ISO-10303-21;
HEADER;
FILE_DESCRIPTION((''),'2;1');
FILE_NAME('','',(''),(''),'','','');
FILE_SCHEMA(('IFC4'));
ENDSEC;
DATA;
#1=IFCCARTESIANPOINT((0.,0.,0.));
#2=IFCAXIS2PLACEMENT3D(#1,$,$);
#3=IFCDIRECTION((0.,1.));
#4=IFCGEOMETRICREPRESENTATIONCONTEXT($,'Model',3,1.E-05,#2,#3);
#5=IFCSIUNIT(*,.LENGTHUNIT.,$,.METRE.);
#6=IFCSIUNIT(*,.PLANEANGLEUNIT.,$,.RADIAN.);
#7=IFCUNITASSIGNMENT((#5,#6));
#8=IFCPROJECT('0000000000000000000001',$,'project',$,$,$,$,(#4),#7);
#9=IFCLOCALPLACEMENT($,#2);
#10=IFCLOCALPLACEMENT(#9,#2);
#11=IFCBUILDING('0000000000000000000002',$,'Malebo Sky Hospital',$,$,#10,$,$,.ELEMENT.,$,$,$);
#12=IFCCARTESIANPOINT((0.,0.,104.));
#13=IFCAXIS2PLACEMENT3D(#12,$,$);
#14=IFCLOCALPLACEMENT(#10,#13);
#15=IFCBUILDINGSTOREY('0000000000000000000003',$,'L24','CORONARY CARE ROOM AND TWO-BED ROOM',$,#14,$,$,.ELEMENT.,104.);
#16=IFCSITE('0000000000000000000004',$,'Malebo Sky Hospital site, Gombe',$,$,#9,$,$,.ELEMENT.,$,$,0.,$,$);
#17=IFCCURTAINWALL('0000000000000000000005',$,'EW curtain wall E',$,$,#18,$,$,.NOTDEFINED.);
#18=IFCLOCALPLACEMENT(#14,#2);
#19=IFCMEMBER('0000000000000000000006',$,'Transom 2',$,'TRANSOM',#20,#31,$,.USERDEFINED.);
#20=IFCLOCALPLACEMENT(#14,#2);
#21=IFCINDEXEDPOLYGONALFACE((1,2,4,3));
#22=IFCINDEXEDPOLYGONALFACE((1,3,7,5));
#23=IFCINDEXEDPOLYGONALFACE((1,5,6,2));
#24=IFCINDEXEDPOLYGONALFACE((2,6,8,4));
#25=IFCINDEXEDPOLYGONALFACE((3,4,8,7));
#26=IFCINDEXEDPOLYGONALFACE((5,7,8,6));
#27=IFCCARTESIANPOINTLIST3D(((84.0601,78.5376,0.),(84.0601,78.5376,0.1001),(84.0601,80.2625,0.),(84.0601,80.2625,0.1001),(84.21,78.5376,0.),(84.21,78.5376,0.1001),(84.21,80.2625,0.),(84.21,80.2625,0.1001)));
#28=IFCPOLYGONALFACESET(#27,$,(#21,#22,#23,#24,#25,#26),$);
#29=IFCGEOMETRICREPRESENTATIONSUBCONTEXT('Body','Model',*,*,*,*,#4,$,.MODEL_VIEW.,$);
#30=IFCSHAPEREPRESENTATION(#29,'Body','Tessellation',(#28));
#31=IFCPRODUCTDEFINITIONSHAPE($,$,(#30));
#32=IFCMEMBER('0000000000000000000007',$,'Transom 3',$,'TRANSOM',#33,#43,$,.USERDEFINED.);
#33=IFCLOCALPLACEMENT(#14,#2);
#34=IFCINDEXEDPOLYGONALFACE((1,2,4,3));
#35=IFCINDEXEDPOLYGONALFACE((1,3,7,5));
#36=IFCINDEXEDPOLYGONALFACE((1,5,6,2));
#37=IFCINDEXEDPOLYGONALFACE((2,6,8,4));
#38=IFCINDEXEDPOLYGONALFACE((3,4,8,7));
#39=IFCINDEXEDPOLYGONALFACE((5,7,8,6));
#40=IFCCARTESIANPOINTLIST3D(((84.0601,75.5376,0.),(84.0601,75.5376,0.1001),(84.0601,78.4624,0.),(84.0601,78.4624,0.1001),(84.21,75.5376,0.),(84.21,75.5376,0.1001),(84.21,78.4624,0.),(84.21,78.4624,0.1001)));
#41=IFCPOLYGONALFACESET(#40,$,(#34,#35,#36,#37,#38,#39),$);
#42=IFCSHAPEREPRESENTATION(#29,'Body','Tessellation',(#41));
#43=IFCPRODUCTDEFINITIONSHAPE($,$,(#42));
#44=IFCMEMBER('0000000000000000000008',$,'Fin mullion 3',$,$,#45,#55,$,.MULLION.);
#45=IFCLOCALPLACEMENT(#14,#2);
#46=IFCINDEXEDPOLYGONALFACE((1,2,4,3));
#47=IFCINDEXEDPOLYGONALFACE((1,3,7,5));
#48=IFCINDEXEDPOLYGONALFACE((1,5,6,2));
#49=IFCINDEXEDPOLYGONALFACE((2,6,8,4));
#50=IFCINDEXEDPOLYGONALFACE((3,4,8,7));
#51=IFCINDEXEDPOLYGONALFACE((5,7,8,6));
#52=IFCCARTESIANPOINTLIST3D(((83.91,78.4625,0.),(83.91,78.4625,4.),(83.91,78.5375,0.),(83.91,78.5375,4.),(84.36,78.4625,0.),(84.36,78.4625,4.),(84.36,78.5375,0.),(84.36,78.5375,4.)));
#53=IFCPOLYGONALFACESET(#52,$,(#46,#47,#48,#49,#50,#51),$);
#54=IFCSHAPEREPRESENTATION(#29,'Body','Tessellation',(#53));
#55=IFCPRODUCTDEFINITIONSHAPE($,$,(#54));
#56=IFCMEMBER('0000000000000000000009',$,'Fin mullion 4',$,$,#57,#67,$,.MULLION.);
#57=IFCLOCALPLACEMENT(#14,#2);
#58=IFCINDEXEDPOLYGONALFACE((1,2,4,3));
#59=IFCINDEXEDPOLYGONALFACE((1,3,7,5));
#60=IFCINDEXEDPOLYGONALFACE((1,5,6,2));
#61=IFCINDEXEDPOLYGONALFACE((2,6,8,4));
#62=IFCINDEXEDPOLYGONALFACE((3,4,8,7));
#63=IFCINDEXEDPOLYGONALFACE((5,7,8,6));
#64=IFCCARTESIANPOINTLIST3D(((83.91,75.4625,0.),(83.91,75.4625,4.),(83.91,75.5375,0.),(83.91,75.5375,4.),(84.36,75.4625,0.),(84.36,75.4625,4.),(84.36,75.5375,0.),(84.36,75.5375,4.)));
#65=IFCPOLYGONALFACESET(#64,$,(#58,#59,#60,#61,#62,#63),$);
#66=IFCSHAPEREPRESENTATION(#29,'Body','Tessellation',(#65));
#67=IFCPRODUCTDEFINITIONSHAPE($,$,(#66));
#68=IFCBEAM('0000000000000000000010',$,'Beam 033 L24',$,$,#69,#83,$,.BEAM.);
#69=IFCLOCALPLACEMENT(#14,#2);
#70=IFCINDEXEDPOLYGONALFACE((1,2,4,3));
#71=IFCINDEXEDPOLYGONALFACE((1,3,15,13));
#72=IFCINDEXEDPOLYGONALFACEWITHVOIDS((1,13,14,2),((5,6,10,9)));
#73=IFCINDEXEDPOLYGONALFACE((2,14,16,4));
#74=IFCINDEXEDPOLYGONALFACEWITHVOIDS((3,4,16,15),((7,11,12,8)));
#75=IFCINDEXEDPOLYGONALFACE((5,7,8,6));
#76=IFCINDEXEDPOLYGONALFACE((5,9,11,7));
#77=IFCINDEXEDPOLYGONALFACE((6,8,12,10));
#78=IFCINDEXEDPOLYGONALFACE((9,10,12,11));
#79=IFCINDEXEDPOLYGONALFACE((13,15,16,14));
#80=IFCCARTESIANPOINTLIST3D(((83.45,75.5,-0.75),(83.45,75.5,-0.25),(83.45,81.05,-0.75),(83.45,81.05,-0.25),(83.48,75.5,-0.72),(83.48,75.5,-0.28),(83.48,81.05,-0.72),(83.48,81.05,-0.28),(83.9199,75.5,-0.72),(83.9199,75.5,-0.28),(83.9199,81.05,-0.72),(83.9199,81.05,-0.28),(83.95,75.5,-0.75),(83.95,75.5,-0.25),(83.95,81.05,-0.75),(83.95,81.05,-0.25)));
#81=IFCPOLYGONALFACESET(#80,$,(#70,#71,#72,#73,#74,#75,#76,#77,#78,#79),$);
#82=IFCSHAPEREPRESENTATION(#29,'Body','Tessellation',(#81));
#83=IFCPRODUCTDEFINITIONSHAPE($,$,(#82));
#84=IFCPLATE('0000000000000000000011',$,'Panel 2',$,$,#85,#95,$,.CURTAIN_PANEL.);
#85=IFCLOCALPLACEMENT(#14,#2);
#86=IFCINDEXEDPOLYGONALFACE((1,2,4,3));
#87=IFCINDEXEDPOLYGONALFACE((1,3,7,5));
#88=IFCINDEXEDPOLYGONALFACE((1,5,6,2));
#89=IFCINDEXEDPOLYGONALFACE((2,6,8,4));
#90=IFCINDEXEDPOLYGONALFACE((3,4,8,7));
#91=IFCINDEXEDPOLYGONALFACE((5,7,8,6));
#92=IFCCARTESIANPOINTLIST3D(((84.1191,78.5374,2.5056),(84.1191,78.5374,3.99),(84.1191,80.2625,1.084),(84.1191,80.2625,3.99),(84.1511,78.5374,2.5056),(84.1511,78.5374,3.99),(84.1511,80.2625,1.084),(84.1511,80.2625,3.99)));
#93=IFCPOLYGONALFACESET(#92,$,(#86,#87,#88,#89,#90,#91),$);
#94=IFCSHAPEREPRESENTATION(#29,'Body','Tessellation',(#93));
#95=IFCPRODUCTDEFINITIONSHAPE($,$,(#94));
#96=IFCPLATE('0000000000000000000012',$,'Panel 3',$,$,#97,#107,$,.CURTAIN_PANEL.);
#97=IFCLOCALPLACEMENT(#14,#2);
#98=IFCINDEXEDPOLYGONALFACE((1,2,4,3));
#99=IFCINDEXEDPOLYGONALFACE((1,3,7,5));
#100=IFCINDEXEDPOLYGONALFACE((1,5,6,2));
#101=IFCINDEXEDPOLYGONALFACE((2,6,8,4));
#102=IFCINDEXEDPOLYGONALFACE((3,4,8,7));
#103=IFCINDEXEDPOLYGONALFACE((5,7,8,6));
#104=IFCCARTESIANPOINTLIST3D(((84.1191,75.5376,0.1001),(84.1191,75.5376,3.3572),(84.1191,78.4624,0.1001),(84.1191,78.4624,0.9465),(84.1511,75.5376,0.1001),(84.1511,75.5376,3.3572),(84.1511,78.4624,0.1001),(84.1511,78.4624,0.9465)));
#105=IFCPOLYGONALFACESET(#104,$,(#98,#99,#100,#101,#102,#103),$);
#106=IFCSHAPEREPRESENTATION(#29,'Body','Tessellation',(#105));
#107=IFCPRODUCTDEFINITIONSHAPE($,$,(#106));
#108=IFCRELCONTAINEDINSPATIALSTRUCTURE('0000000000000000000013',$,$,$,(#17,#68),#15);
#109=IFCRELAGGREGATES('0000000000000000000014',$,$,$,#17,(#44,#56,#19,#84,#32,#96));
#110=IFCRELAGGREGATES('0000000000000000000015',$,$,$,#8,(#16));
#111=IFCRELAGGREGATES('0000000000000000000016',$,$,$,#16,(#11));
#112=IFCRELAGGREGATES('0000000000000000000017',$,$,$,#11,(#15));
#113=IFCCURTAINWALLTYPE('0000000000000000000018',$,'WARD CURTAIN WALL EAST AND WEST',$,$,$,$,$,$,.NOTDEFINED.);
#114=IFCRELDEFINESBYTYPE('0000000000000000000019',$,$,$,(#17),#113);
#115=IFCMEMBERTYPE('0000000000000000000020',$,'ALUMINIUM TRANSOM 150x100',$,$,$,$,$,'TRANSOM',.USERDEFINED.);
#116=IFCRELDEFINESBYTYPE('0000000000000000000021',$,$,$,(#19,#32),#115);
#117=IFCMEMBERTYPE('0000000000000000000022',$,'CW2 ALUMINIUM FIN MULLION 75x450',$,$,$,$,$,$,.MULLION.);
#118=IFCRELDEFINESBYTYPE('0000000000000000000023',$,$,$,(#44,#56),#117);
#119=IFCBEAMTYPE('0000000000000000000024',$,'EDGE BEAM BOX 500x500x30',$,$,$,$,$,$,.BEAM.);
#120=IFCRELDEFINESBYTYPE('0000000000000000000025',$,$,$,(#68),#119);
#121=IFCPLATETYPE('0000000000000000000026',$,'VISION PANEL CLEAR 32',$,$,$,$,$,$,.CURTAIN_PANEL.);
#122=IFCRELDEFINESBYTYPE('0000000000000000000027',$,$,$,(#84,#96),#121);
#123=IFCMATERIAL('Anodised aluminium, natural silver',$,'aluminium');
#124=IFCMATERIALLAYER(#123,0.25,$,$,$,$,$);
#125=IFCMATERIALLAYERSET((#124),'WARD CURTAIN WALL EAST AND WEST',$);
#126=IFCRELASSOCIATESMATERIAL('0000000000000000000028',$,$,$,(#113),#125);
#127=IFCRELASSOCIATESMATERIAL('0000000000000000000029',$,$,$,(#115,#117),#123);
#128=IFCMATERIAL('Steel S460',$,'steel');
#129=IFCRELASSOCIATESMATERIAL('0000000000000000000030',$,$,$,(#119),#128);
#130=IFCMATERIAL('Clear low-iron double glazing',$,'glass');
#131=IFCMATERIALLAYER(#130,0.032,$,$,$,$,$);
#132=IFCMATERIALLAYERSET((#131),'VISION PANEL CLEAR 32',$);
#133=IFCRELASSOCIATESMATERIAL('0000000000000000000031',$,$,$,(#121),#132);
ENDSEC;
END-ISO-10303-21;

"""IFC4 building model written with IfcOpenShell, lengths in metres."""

from ifc_helpers import new_model, si_unit, direction, frame, origin, origin_2d, place, context, subcontext, project, spatial, polyline, rectangle, hollow_rectangle, outline, extrude, material, layer, layer_set, material_profile, profile_set, type_object, element, aggregate, save


model = new_model("IFC4")

# Units and contexts
model_context = context("Model", 3, precision=1e-05, world=origin(), true_north=direction((0.0, 1.0)))
body_context = subcontext(model_context, "Body", "Model", "MODEL_VIEW")
ifc_project = project(units=[si_unit("LENGTHUNIT", "METRE"), si_unit("PLANEANGLEUNIT", "RADIAN")], contexts=[model_context])

# Site, building, storey
site_placement = place(None, origin())
site = spatial("IfcSite", under=ifc_project, at=site_placement, Name="Malebo Sky Hospital site, Gombe", CompositionType="ELEMENT", RefElevation=0.0)
building_placement = place(site_placement, origin())
building = spatial("IfcBuilding", under=site, at=building_placement, Name="Malebo Sky Hospital", CompositionType="ELEMENT")
storey_placement = place(building_placement, frame((0.0, 0.0, 104.0)))
storey = spatial("IfcBuildingStorey", under=building, at=storey_placement, Name="L24", Description="CORONARY CARE ROOM AND TWO-BED ROOM", CompositionType="ELEMENT", Elevation=104.0)

# Curtain wall, members
ifc_material_1 = material(Name="Anodised aluminium, natural silver", Category="aluminium")
ifc_layer_1 = layer(ifc_material_1, 0.25)
ifc_layer_set_1 = layer_set([ifc_layer_1], Name="WARD CURTAIN WALL EAST AND WEST")
curtain_wall_type = type_object("IfcCurtainWallType", Name="WARD CURTAIN WALL EAST AND WEST", PredefinedType="NOTDEFINED", material=ifc_layer_set_1)
curtain_wall_placement = place(storey_placement, origin())
curtain_wall = element("IfcCurtainWall", 1, at=curtain_wall_placement, inside=storey, type_object=curtain_wall_type, Name="EW curtain wall E", PredefinedType="NOTDEFINED")
ifc_material_profile_1 = material_profile(ifc_material_1, rectangle(XDim=0.1499, YDim=0.1001, at=origin_2d()), Name="ALUMINIUM TRANSOM 150x100")
ifc_profile_set_1 = profile_set([ifc_material_profile_1], Name="Anodised aluminium, natural silver")
member_type_1 = type_object("IfcMemberType", Name="ALUMINIUM TRANSOM 150x100", ElementType="TRANSOM", PredefinedType="USERDEFINED", material=ifc_profile_set_1)
member_1_placement = place(storey_placement, frame((84.135, 80.2625, 0.05), z_axis=(0.0, -1.0, 0.0), x_axis=(1.0, 0.0, 0.0)))
member_1 = element("IfcMember", 2, at=member_1_placement, type_object=member_type_1, Name="Transom 2", ObjectType="TRANSOM", PredefinedType="USERDEFINED", context=body_context, shape_type="SweptSolid", body=[
    extrude(rectangle(XDim=0.1499, YDim=0.1001, at=origin_2d()), origin(), (0.0, 0.0, 1.0), 1.7249),
])
member_2_placement = place(storey_placement, frame((84.135, 78.4624, 0.05), z_axis=(0.0, -1.0, 0.0), x_axis=(1.0, 0.0, 0.0)))
member_2 = element("IfcMember", 3, at=member_2_placement, type_object=member_type_1, Name="Transom 3", ObjectType="TRANSOM", PredefinedType="USERDEFINED", context=body_context, shape_type="SweptSolid", body=[
    extrude(rectangle(XDim=0.1499, YDim=0.1001, at=origin_2d()), origin(), (0.0, 0.0, 1.0), 2.9248),
])
ifc_material_profile_2 = material_profile(ifc_material_1, rectangle(XDim=0.075, YDim=0.45, at=origin_2d()), Name="CW2 ALUMINIUM FIN MULLION 75x450")
ifc_profile_set_2 = profile_set([ifc_material_profile_2], Name="Anodised aluminium, natural silver")
member_type_2 = type_object("IfcMemberType", Name="CW2 ALUMINIUM FIN MULLION 75x450", PredefinedType="MULLION", material=ifc_profile_set_2)
member_3_placement = place(storey_placement, frame((84.135, 78.5, 0.0), z_axis=(0.0, 0.0, 1.0), x_axis=(0.0, -1.0, 0.0)))
member_3 = element("IfcMember", 4, at=member_3_placement, type_object=member_type_2, Name="Fin mullion 3", PredefinedType="MULLION", context=body_context, shape_type="SweptSolid", body=[
    extrude(rectangle(XDim=0.075, YDim=0.45, at=origin_2d()), origin(), (0.0, 0.0, 1.0), 4.0),
])
member_4_placement = place(storey_placement, frame((84.135, 75.5, 0.0), z_axis=(0.0, 0.0, 1.0), x_axis=(0.0, -1.0, 0.0)))
member_4 = element("IfcMember", 5, at=member_4_placement, type_object=member_type_2, Name="Fin mullion 4", PredefinedType="MULLION", context=body_context, shape_type="SweptSolid", body=[
    extrude(rectangle(XDim=0.075, YDim=0.45, at=origin_2d()), origin(), (0.0, 0.0, 1.0), 4.0),
])

# Beam
ifc_material_2 = material(Name="Steel S460", Category="steel")
ifc_material_profile_3 = material_profile(ifc_material_2, hollow_rectangle(XDim=0.5, YDim=0.5, WallThickness=0.03, at=origin_2d()), Name="BOX 500x500x30")
ifc_profile_set_3 = profile_set([ifc_material_profile_3], Name="Steel S460")
beam_type = type_object("IfcBeamType", Name="EDGE BEAM BOX 500x500x30", PredefinedType="BEAM", material=ifc_profile_set_3)
beam_placement = place(storey_placement, frame((83.7, 75.5, -0.5), z_axis=(0.0, 1.0, 0.0), x_axis=(-1.0, 0.0, 0.0)))
element("IfcBeam", 6, at=beam_placement, inside=storey, type_object=beam_type, Name="Beam 033 L24", PredefinedType="BEAM", context=body_context, shape_type="SweptSolid", body=[
    extrude(hollow_rectangle(XDim=0.5, YDim=0.5, WallThickness=0.03, at=origin_2d()), origin(), (0.0, 0.0, 1.0), 5.55),
])

# Plates
ifc_material_3 = material(Name="Clear low-iron double glazing", Category="glass")
ifc_layer_2 = layer(ifc_material_3, 0.032)
ifc_layer_set_2 = layer_set([ifc_layer_2], Name="VISION PANEL CLEAR 32")
plate_type = type_object("IfcPlateType", Name="VISION PANEL CLEAR 32", PredefinedType="CURTAIN_PANEL", material=ifc_layer_set_2)
plate_1_placement = place(storey_placement, frame((84.135, 79.3999, 1.084), z_axis=(0.0, 0.0, 1.0), x_axis=(0.0, -1.0, 0.0)))
plate_1 = element("IfcPlate", 7, at=plate_1_placement, type_object=plate_type, Name="Panel 2", PredefinedType="CURTAIN_PANEL", context=body_context, shape_type="SweptSolid", body=[
    extrude(outline(polyline([(-0.8625, 0.0), (0.8625, 1.4216), (0.8625, 2.906), (-0.8625, 2.906), (-0.8625, 0.0)])), frame((0.0, 0.0161, 0.0), z_axis=(0.0, -1.0, 0.0), x_axis=(1.0, 0.0, 0.0)), (0.0, 0.0, 1.0), 0.032),
])
plate_2_placement = place(storey_placement, frame((84.135, 77.0, 0.1001), z_axis=(0.0, 0.0, 1.0), x_axis=(0.0, -1.0, 0.0)))
plate_2 = element("IfcPlate", 8, at=plate_2_placement, type_object=plate_type, Name="Panel 3", PredefinedType="CURTAIN_PANEL", context=body_context, shape_type="SweptSolid", body=[
    extrude(outline(polyline([(-1.4624, 0.0), (1.4624, 0.0), (1.4624, 3.2571), (-1.4624, 0.8464), (-1.4624, 0.0)])), frame((0.0, 0.0161, 0.0), z_axis=(0.0, -1.0, 0.0), x_axis=(1.0, 0.0, 0.0)), (0.0, 0.0, 1.0), 0.032),
])
aggregate(curtain_wall, [member_3, member_4, member_1, plate_1, member_2, plate_2])

save(model, "model.ifc")
